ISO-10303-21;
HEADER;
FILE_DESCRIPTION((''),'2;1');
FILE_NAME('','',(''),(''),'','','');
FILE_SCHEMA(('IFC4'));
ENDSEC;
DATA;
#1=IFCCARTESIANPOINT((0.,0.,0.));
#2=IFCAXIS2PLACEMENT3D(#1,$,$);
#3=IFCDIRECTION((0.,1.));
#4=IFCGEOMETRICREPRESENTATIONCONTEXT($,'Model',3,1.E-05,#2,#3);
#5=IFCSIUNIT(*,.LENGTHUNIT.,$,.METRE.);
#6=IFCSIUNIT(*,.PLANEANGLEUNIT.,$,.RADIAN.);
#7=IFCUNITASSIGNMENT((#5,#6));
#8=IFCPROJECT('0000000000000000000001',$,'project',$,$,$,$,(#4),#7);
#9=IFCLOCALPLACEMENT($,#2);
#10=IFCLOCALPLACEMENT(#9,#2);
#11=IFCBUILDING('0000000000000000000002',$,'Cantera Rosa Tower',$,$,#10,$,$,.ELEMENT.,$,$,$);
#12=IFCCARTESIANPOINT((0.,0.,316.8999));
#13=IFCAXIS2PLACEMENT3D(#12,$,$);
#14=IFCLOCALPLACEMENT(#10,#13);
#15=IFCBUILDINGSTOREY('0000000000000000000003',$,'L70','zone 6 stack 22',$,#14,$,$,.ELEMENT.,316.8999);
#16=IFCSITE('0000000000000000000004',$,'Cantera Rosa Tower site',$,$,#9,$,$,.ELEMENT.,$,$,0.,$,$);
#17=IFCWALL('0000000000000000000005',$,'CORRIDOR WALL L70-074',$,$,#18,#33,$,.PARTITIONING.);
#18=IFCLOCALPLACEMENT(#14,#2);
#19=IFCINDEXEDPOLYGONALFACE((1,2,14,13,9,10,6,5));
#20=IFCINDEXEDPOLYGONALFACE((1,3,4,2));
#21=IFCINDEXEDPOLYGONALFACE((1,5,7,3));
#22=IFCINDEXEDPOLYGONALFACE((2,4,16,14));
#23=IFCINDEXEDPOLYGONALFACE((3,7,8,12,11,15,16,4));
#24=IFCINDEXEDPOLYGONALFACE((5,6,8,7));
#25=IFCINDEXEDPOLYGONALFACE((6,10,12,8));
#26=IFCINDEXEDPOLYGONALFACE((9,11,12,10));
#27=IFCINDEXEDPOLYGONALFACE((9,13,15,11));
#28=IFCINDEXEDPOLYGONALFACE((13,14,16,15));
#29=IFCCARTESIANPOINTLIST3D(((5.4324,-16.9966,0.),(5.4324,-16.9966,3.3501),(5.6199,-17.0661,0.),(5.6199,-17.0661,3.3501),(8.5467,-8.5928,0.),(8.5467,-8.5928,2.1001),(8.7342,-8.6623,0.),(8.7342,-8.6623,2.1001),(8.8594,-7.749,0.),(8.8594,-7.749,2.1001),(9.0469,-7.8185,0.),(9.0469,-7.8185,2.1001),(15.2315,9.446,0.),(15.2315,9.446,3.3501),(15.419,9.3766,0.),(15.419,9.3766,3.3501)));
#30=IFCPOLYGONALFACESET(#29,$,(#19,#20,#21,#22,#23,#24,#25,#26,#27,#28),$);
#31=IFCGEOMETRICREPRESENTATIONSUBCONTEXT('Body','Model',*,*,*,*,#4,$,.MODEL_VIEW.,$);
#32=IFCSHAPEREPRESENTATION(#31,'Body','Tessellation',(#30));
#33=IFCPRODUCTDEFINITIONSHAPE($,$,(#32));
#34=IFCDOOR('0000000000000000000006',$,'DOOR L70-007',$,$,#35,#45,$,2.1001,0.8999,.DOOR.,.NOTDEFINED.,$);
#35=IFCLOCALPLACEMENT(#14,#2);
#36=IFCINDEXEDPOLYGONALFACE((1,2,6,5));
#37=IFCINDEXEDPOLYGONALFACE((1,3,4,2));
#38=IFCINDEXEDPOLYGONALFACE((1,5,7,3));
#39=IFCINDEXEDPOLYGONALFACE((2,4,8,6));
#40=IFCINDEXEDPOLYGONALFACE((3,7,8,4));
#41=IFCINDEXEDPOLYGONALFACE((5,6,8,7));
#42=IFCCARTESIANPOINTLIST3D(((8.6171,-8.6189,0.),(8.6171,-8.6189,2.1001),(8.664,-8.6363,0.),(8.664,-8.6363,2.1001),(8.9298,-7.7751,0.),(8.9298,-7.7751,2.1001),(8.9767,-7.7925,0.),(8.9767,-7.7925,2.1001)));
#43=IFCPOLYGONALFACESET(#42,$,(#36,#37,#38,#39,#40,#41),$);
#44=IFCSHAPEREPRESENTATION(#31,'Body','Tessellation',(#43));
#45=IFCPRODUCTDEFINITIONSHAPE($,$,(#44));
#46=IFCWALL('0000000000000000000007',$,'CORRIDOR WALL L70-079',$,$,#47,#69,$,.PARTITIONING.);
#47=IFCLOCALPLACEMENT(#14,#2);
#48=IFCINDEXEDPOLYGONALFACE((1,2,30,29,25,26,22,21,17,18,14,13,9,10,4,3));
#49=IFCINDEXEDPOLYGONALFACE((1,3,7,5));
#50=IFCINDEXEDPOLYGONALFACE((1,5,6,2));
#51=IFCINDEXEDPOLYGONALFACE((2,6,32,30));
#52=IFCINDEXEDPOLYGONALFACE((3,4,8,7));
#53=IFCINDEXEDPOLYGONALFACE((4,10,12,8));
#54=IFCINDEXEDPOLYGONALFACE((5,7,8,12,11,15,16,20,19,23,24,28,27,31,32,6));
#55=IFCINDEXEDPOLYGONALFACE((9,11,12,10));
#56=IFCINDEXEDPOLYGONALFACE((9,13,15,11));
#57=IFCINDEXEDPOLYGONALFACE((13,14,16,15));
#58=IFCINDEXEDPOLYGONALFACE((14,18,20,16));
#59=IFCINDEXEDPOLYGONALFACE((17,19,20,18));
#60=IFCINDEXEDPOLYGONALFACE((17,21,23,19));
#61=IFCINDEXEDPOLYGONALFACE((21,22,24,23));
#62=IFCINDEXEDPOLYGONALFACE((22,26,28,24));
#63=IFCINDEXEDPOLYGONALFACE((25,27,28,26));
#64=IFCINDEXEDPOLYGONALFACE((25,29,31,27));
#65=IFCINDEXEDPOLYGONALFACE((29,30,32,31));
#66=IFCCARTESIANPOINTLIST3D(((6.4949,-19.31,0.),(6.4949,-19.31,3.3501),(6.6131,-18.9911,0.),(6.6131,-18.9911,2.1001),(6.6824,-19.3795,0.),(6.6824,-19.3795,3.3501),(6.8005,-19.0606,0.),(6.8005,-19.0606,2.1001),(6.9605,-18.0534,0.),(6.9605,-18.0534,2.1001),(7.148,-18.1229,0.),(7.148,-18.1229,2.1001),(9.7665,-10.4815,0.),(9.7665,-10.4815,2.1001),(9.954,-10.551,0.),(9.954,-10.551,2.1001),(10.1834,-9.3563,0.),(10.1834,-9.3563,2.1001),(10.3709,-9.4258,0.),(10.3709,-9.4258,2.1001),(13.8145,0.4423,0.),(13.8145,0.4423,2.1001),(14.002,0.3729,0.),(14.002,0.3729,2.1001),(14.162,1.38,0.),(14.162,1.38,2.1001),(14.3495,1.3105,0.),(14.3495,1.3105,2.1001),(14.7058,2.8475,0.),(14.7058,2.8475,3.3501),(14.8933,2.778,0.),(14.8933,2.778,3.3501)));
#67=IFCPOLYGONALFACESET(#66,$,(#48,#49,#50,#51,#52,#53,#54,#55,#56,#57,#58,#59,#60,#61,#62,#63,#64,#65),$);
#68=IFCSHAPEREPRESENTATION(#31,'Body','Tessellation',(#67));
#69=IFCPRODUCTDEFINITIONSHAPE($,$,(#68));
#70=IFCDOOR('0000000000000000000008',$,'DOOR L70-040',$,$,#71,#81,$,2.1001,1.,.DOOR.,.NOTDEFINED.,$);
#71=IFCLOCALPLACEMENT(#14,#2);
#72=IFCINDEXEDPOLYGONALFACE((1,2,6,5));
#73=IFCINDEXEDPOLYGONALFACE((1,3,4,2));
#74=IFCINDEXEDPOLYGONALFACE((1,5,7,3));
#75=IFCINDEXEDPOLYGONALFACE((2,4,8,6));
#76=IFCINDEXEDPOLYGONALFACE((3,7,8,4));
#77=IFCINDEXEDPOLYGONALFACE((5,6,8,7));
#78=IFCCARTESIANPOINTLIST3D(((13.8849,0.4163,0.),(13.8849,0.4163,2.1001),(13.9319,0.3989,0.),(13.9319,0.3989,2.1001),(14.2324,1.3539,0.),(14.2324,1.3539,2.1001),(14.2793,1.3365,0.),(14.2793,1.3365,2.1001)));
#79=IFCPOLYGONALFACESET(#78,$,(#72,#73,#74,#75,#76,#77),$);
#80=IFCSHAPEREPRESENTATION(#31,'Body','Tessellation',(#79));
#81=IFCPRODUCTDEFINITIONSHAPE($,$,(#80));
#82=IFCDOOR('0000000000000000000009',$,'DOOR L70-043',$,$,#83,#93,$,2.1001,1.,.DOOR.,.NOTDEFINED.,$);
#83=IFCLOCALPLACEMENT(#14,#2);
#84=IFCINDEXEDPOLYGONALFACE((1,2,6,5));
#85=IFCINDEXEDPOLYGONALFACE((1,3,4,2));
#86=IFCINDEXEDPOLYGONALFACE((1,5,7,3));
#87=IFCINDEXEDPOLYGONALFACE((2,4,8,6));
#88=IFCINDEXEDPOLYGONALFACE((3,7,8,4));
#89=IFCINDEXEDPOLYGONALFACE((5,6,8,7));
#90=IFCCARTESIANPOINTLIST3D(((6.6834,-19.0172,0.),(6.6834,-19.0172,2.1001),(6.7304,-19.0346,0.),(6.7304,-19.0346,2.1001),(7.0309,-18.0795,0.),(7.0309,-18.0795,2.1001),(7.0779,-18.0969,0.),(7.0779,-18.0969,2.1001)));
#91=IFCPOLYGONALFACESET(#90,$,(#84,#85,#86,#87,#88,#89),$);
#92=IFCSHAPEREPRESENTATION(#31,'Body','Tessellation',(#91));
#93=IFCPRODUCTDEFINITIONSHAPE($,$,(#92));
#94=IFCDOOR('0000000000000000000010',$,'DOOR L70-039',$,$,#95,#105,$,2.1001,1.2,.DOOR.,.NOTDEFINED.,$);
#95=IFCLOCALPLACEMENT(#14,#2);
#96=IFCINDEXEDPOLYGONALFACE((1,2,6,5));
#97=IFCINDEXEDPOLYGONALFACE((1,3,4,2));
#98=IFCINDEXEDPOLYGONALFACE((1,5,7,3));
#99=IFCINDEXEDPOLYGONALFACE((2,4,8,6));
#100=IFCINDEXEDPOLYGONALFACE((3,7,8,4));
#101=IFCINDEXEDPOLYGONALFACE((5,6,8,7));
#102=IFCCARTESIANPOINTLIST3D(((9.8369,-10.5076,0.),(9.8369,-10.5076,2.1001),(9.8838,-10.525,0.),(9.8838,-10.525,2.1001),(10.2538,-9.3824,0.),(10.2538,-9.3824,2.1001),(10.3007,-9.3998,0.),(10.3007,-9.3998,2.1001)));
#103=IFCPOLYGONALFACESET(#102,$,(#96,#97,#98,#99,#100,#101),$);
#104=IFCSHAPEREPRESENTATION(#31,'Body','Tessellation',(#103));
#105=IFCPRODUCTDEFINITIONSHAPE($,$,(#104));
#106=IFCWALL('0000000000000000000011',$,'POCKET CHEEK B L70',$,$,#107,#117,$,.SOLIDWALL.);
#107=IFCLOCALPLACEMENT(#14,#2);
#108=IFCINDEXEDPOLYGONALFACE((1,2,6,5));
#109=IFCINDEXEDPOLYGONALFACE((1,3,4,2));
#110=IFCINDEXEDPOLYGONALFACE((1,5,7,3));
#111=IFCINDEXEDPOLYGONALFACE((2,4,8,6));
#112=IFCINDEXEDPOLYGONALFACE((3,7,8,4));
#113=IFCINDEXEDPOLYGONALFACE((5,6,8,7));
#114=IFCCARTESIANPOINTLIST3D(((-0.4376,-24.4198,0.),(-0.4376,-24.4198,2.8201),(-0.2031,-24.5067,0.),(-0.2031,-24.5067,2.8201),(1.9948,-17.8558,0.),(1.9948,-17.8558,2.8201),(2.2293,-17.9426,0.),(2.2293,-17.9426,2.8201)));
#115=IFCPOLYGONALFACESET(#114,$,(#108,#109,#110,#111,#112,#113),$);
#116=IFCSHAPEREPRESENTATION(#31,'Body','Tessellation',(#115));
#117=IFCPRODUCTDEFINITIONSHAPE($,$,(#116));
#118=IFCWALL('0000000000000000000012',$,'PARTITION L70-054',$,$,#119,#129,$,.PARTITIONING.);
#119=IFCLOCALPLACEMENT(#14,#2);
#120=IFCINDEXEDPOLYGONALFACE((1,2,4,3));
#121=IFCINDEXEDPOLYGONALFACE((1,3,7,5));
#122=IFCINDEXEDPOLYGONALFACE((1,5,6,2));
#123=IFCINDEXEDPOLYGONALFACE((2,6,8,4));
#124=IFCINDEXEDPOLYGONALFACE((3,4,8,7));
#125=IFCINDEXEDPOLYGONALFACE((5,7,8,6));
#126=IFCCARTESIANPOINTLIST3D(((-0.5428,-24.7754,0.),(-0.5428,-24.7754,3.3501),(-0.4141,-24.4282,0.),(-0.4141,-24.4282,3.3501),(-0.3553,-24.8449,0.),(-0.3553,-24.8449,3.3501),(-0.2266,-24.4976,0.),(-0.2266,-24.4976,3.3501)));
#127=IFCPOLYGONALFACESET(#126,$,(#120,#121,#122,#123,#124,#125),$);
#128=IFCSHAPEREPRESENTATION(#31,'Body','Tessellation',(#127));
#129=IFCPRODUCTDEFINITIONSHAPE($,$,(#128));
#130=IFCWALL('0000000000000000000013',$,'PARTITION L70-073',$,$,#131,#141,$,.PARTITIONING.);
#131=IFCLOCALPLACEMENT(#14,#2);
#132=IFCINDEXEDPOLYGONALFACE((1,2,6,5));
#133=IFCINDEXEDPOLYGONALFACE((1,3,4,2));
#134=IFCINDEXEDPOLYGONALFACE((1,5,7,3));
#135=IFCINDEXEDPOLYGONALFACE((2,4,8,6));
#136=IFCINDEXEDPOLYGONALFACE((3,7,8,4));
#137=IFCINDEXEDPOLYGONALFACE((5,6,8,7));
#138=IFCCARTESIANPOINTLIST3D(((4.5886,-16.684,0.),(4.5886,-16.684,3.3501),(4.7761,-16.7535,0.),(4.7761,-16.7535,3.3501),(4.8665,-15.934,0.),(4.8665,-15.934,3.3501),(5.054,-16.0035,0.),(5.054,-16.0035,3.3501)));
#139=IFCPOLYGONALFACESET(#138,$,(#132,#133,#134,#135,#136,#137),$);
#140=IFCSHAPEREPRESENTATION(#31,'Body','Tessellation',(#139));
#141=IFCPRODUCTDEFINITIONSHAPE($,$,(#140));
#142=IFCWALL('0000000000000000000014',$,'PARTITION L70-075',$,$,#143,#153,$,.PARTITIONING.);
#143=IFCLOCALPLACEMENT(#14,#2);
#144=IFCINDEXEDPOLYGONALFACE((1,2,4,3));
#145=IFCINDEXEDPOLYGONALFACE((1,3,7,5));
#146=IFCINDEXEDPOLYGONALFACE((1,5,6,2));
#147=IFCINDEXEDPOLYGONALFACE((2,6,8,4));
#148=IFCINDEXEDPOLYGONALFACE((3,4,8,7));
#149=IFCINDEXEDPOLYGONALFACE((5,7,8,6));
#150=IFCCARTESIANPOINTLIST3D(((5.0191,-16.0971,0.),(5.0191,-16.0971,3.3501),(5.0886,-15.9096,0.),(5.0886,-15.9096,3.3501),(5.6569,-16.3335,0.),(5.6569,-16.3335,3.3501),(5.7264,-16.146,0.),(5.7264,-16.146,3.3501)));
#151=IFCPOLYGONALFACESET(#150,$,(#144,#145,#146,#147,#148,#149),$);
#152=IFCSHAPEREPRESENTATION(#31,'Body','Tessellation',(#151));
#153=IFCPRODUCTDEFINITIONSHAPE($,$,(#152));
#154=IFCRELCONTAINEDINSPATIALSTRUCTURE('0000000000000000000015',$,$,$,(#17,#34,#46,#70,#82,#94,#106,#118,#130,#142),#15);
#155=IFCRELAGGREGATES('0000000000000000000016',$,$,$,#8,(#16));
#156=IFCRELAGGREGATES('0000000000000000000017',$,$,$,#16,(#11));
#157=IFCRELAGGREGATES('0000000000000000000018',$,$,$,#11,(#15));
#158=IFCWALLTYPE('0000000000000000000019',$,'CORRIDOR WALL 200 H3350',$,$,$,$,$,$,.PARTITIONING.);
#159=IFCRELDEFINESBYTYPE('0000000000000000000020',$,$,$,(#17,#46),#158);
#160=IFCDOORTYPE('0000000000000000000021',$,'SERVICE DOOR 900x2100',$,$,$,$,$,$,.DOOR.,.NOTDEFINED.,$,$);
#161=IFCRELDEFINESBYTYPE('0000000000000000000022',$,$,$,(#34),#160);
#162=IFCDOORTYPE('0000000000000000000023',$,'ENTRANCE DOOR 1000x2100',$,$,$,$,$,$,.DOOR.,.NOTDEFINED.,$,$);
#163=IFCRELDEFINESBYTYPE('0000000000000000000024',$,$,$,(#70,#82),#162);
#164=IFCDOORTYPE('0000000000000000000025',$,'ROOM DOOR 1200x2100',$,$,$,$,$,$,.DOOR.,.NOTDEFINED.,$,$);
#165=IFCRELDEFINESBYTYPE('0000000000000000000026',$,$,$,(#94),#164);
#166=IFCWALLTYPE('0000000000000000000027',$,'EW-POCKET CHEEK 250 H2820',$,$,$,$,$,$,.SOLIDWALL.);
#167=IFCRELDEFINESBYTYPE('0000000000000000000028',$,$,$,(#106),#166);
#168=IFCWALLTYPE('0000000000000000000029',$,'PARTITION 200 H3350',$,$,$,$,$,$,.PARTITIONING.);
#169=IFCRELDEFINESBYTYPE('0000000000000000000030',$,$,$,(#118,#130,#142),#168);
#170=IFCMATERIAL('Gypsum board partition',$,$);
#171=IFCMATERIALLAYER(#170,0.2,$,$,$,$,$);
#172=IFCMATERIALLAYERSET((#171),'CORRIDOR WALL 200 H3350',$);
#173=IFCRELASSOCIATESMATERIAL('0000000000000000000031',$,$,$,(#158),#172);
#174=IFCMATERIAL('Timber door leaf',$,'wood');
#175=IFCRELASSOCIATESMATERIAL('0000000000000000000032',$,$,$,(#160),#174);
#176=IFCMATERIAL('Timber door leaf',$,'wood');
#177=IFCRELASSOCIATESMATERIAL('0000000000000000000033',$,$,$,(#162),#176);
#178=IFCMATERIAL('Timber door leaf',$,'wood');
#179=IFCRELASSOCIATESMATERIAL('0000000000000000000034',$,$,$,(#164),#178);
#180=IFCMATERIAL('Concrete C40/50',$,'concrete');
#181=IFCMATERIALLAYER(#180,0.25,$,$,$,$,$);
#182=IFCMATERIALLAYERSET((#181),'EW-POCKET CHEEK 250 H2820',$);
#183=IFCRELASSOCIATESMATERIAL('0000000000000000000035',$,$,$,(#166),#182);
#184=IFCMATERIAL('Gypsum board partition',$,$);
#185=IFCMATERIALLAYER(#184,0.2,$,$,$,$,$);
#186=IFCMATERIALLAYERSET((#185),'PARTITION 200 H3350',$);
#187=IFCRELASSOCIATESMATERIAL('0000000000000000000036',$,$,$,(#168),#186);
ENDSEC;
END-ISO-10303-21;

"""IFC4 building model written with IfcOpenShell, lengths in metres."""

from ifc_helpers import new_model, si_unit, direction, frame, frame_2d, origin, place, context, subcontext, project, spatial, rectangle, extrude, material, layer, layer_set, type_object, element, fill, save


model = new_model("IFC4")

# Units and contexts
model_context = context("Model", 3, precision=1e-05, world=origin(), true_north=direction((0.0, 1.0)))
body_context = subcontext(model_context, "Body", "Model", "MODEL_VIEW")
ifc_project = project(units=[si_unit("LENGTHUNIT", "METRE"), si_unit("PLANEANGLEUNIT", "RADIAN")], contexts=[model_context])

# Site, building, storey
site_placement = place(None, origin())
site = spatial("IfcSite", under=ifc_project, at=site_placement, Name="Cantera Rosa Tower site", CompositionType="ELEMENT", RefElevation=0.0)
building_placement = place(site_placement, origin())
building = spatial("IfcBuilding", under=site, at=building_placement, Name="Cantera Rosa Tower", CompositionType="ELEMENT")
storey_placement = place(building_placement, frame((0.0, 0.0, 316.8999)))
storey = spatial("IfcBuildingStorey", under=building, at=storey_placement, Name="L70", Description="zone 6 stack 22", CompositionType="ELEMENT", Elevation=316.8999)

# Shared definitions
ifc_material_1 = material(Name="Gypsum board partition")
ifc_layer_1 = layer(ifc_material_1, 0.2)
ifc_layer_set_1 = layer_set([ifc_layer_1], Name="CORRIDOR WALL 200 H3350")
wall_type_1 = type_object("IfcWallType", Name="CORRIDOR WALL 200 H3350", PredefinedType="PARTITIONING", material=ifc_layer_set_1)

# Wall, opening, door
wall_1_placement = place(storey_placement, frame((5.5261, -17.0315, 0.0), z_axis=(0.0, 0.0, 1.0), x_axis=(0.347486, 0.937685, 0.0)))
wall_1 = element("IfcWall", 1, at=wall_1_placement, inside=storey, type_object=wall_type_1, Name="CORRIDOR WALL L70-074", PredefinedType="PARTITIONING", context=body_context, shape_type="SweptSolid", body=[
    extrude(rectangle(XDim=28.2, YDim=0.2, at=frame_2d((14.1001, 0.0))), origin(), (0.0, 0.0, 1.0), 3.3501),
])
opening_1_placement = place(wall_1_placement, frame((8.9624, 0.0, 0.0)))
opening_1 = element("IfcOpeningElement", 2, at=opening_1_placement, cuts=wall_1, PredefinedType="OPENING", context=body_context, shape_type="SweptSolid", body=[
    extrude(rectangle(XDim=0.8999, YDim=2.1001, at=frame_2d((0.45, 1.05))), frame((0.0, 0.1099, 0.0), z_axis=(0.0, -1.0, 0.0), x_axis=(1.0, 0.0, 0.0)), (0.0, 0.0, 1.0), 0.22),
])
ifc_material_2 = material(Name="Timber door leaf", Category="wood")
door_type_1 = type_object("IfcDoorType", Name="SERVICE DOOR 900x2100", OperationType="NOTDEFINED", PredefinedType="DOOR", material=ifc_material_2)
door_1_placement = place(opening_1_placement, origin())
door_1 = element("IfcDoor", 3, at=door_1_placement, inside=storey, type_object=door_type_1, Name="DOOR L70-007", OperationType="NOTDEFINED", OverallHeight=2.1001, OverallWidth=0.8999, PredefinedType="DOOR", context=body_context, shape_type="SweptSolid", body=[
    extrude(rectangle(XDim=0.8999, YDim=2.1001, at=frame_2d((0.45, 1.05))), frame((0.0, 0.0249, 0.0), z_axis=(0.0, -1.0, 0.0), x_axis=(1.0, 0.0, 0.0)), (0.0, 0.0, 1.0), 0.05),
])
fill(opening_1, door_1)

# Wall, openings, doors
wall_2_placement = place(storey_placement, frame((6.5886, -19.3447, 0.0), z_axis=(0.0, 0.0, 1.0), x_axis=(0.347481, 0.937687, 0.0)))
wall_2 = element("IfcWall", 4, at=wall_2_placement, inside=storey, type_object=wall_type_1, Name="CORRIDOR WALL L70-079", PredefinedType="PARTITIONING", context=body_context, shape_type="SweptSolid", body=[
    extrude(rectangle(XDim=23.6299, YDim=0.2, at=frame_2d((11.8149, 0.0))), origin(), (0.0, 0.0, 1.0), 3.3501),
])
opening_2_placement = place(wall_2_placement, frame((9.415, 0.0, 0.0)))
opening_2 = element("IfcOpeningElement", 5, at=opening_2_placement, cuts=wall_2, PredefinedType="OPENING", context=body_context, shape_type="SweptSolid", body=[
    extrude(rectangle(XDim=1.2, YDim=2.1001, at=frame_2d((0.6001, 1.05))), frame((0.0, 0.1099, 0.0), z_axis=(0.0, -1.0, 0.0), x_axis=(1.0, 0.0, 0.0)), (0.0, 0.0, 1.0), 0.22),
])
opening_3_placement = place(wall_2_placement, frame((21.0649, 0.0, 0.0)))
opening_3 = element("IfcOpeningElement", 6, at=opening_3_placement, cuts=wall_2, PredefinedType="OPENING", context=body_context, shape_type="SweptSolid", body=[
    extrude(rectangle(XDim=1.0, YDim=2.1001, at=frame_2d((0.5, 1.05))), frame((0.0, 0.1099, 0.0), z_axis=(0.0, -1.0, 0.0), x_axis=(1.0, 0.0, 0.0)), (0.0, 0.0, 1.0), 0.22),
])
opening_4_placement = place(wall_2_placement, frame((0.3401, 0.0, 0.0)))
opening_4 = element("IfcOpeningElement", 7, at=opening_4_placement, cuts=wall_2, PredefinedType="OPENING", context=body_context, shape_type="SweptSolid", body=[
    extrude(rectangle(XDim=1.0, YDim=2.1001, at=frame_2d((0.5, 1.05))), frame((0.0, 0.1099, 0.0), z_axis=(0.0, -1.0, 0.0), x_axis=(1.0, 0.0, 0.0)), (0.0, 0.0, 1.0), 0.22),
])
ifc_material_3 = material(Name="Timber door leaf", Category="wood")
door_type_2 = type_object("IfcDoorType", Name="ENTRANCE DOOR 1000x2100", OperationType="NOTDEFINED", PredefinedType="DOOR", material=ifc_material_3)
door_2_placement = place(opening_3_placement, origin())
door_2 = element("IfcDoor", 8, at=door_2_placement, inside=storey, type_object=door_type_2, Name="DOOR L70-040", OperationType="NOTDEFINED", OverallHeight=2.1001, OverallWidth=1.0, PredefinedType="DOOR", context=body_context, shape_type="SweptSolid", body=[
    extrude(rectangle(XDim=1.0, YDim=2.1001, at=frame_2d((0.5, 1.05))), frame((0.0, 0.0249, 0.0), z_axis=(0.0, -1.0, 0.0), x_axis=(1.0, 0.0, 0.0)), (0.0, 0.0, 1.0), 0.05),
])
fill(opening_3, door_2)
door_3_placement = place(opening_4_placement, origin())
door_3 = element("IfcDoor", 9, at=door_3_placement, inside=storey, type_object=door_type_2, Name="DOOR L70-043", OperationType="NOTDEFINED", OverallHeight=2.1001, OverallWidth=1.0, PredefinedType="DOOR", context=body_context, shape_type="SweptSolid", body=[
    extrude(rectangle(XDim=1.0, YDim=2.1001, at=frame_2d((0.5, 1.05))), frame((0.0, 0.0249, 0.0), z_axis=(0.0, -1.0, 0.0), x_axis=(1.0, 0.0, 0.0)), (0.0, 0.0, 1.0), 0.05),
])
fill(opening_4, door_3)
ifc_material_4 = material(Name="Timber door leaf", Category="wood")
door_type_3 = type_object("IfcDoorType", Name="ROOM DOOR 1200x2100", OperationType="NOTDEFINED", PredefinedType="DOOR", material=ifc_material_4)
door_4_placement = place(opening_2_placement, origin())
door_4 = element("IfcDoor", 10, at=door_4_placement, inside=storey, type_object=door_type_3, Name="DOOR L70-039", OperationType="NOTDEFINED", OverallHeight=2.1001, OverallWidth=1.2, PredefinedType="DOOR", context=body_context, shape_type="SweptSolid", body=[
    extrude(rectangle(XDim=1.2, YDim=2.1001, at=frame_2d((0.6001, 1.05))), frame((0.0, 0.0249, 0.0), z_axis=(0.0, -1.0, 0.0), x_axis=(1.0, 0.0, 0.0)), (0.0, 0.0, 1.0), 0.05),
])
fill(opening_2, door_4)

# Walls
ifc_material_5 = material(Name="Concrete C40/50", Category="concrete")
ifc_layer_2 = layer(ifc_material_5, 0.25)
ifc_layer_set_2 = layer_set([ifc_layer_2], Name="EW-POCKET CHEEK 250 H2820")
wall_type_2 = type_object("IfcWallType", Name="EW-POCKET CHEEK 250 H2820", PredefinedType="SOLIDWALL", material=ifc_layer_set_2)
wall_3_placement = place(storey_placement, frame((-0.3203, -24.4631, 0.0), z_axis=(0.0, 0.0, 1.0), x_axis=(0.347475, 0.937689, 0.0)))
element("IfcWall", 11, at=wall_3_placement, inside=storey, type_object=wall_type_2, Name="POCKET CHEEK B L70", PredefinedType="SOLIDWALL", context=body_context, shape_type="SweptSolid", body=[
    extrude(rectangle(XDim=7.0002, YDim=0.25, at=frame_2d((3.5, 0.0))), origin(), (0.0, 0.0, 1.0), 2.8201),
])
ifc_material_6 = material(Name="Gypsum board partition")
ifc_layer_3 = layer(ifc_material_6, 0.2)
ifc_layer_set_3 = layer_set([ifc_layer_3], Name="PARTITION 200 H3350")
wall_type_3 = type_object("IfcWallType", Name="PARTITION 200 H3350", PredefinedType="PARTITIONING", material=ifc_layer_set_3)
wall_4_placement = place(storey_placement, frame((-0.449, -24.8101, 0.0), z_axis=(0.0, 0.0, 1.0), x_axis=(0.347508, 0.937677, 0.0)))
element("IfcWall", 12, at=wall_4_placement, inside=storey, type_object=wall_type_3, Name="PARTITION L70-054", PredefinedType="PARTITIONING", context=body_context, shape_type="SweptSolid", body=[
    extrude(rectangle(XDim=0.3704, YDim=0.2, at=frame_2d((0.1851, 0.0))), origin(), (0.0, 0.0, 1.0), 3.3501),
])
wall_5_placement = place(storey_placement, frame((4.9602, -15.9688, 0.0), z_axis=(0.0, 0.0, 1.0), x_axis=(-0.347374, -0.937727, 0.0)))
element("IfcWall", 13, at=wall_5_placement, inside=storey, type_object=wall_type_3, Name="PARTITION L70-073", PredefinedType="PARTITIONING", context=body_context, shape_type="SweptSolid", body=[
    extrude(rectangle(XDim=0.7998, YDim=0.2, at=frame_2d((0.3999, 0.0))), origin(), (0.0, 0.0, 1.0), 3.3501),
])
wall_6_placement = place(storey_placement, frame((5.6917, -16.2397, 0.0), z_axis=(0.0, 0.0, 1.0), x_axis=(-0.937679, 0.347501, 0.0)))
element("IfcWall", 14, at=wall_6_placement, inside=storey, type_object=wall_type_3, Name="PARTITION L70-075", PredefinedType="PARTITIONING", context=body_context, shape_type="SweptSolid", body=[
    extrude(rectangle(XDim=0.6802, YDim=0.2, at=frame_2d((0.3401, 0.0))), origin(), (0.0, 0.0, 1.0), 3.3501),
])

save(model, "model.ifc")
